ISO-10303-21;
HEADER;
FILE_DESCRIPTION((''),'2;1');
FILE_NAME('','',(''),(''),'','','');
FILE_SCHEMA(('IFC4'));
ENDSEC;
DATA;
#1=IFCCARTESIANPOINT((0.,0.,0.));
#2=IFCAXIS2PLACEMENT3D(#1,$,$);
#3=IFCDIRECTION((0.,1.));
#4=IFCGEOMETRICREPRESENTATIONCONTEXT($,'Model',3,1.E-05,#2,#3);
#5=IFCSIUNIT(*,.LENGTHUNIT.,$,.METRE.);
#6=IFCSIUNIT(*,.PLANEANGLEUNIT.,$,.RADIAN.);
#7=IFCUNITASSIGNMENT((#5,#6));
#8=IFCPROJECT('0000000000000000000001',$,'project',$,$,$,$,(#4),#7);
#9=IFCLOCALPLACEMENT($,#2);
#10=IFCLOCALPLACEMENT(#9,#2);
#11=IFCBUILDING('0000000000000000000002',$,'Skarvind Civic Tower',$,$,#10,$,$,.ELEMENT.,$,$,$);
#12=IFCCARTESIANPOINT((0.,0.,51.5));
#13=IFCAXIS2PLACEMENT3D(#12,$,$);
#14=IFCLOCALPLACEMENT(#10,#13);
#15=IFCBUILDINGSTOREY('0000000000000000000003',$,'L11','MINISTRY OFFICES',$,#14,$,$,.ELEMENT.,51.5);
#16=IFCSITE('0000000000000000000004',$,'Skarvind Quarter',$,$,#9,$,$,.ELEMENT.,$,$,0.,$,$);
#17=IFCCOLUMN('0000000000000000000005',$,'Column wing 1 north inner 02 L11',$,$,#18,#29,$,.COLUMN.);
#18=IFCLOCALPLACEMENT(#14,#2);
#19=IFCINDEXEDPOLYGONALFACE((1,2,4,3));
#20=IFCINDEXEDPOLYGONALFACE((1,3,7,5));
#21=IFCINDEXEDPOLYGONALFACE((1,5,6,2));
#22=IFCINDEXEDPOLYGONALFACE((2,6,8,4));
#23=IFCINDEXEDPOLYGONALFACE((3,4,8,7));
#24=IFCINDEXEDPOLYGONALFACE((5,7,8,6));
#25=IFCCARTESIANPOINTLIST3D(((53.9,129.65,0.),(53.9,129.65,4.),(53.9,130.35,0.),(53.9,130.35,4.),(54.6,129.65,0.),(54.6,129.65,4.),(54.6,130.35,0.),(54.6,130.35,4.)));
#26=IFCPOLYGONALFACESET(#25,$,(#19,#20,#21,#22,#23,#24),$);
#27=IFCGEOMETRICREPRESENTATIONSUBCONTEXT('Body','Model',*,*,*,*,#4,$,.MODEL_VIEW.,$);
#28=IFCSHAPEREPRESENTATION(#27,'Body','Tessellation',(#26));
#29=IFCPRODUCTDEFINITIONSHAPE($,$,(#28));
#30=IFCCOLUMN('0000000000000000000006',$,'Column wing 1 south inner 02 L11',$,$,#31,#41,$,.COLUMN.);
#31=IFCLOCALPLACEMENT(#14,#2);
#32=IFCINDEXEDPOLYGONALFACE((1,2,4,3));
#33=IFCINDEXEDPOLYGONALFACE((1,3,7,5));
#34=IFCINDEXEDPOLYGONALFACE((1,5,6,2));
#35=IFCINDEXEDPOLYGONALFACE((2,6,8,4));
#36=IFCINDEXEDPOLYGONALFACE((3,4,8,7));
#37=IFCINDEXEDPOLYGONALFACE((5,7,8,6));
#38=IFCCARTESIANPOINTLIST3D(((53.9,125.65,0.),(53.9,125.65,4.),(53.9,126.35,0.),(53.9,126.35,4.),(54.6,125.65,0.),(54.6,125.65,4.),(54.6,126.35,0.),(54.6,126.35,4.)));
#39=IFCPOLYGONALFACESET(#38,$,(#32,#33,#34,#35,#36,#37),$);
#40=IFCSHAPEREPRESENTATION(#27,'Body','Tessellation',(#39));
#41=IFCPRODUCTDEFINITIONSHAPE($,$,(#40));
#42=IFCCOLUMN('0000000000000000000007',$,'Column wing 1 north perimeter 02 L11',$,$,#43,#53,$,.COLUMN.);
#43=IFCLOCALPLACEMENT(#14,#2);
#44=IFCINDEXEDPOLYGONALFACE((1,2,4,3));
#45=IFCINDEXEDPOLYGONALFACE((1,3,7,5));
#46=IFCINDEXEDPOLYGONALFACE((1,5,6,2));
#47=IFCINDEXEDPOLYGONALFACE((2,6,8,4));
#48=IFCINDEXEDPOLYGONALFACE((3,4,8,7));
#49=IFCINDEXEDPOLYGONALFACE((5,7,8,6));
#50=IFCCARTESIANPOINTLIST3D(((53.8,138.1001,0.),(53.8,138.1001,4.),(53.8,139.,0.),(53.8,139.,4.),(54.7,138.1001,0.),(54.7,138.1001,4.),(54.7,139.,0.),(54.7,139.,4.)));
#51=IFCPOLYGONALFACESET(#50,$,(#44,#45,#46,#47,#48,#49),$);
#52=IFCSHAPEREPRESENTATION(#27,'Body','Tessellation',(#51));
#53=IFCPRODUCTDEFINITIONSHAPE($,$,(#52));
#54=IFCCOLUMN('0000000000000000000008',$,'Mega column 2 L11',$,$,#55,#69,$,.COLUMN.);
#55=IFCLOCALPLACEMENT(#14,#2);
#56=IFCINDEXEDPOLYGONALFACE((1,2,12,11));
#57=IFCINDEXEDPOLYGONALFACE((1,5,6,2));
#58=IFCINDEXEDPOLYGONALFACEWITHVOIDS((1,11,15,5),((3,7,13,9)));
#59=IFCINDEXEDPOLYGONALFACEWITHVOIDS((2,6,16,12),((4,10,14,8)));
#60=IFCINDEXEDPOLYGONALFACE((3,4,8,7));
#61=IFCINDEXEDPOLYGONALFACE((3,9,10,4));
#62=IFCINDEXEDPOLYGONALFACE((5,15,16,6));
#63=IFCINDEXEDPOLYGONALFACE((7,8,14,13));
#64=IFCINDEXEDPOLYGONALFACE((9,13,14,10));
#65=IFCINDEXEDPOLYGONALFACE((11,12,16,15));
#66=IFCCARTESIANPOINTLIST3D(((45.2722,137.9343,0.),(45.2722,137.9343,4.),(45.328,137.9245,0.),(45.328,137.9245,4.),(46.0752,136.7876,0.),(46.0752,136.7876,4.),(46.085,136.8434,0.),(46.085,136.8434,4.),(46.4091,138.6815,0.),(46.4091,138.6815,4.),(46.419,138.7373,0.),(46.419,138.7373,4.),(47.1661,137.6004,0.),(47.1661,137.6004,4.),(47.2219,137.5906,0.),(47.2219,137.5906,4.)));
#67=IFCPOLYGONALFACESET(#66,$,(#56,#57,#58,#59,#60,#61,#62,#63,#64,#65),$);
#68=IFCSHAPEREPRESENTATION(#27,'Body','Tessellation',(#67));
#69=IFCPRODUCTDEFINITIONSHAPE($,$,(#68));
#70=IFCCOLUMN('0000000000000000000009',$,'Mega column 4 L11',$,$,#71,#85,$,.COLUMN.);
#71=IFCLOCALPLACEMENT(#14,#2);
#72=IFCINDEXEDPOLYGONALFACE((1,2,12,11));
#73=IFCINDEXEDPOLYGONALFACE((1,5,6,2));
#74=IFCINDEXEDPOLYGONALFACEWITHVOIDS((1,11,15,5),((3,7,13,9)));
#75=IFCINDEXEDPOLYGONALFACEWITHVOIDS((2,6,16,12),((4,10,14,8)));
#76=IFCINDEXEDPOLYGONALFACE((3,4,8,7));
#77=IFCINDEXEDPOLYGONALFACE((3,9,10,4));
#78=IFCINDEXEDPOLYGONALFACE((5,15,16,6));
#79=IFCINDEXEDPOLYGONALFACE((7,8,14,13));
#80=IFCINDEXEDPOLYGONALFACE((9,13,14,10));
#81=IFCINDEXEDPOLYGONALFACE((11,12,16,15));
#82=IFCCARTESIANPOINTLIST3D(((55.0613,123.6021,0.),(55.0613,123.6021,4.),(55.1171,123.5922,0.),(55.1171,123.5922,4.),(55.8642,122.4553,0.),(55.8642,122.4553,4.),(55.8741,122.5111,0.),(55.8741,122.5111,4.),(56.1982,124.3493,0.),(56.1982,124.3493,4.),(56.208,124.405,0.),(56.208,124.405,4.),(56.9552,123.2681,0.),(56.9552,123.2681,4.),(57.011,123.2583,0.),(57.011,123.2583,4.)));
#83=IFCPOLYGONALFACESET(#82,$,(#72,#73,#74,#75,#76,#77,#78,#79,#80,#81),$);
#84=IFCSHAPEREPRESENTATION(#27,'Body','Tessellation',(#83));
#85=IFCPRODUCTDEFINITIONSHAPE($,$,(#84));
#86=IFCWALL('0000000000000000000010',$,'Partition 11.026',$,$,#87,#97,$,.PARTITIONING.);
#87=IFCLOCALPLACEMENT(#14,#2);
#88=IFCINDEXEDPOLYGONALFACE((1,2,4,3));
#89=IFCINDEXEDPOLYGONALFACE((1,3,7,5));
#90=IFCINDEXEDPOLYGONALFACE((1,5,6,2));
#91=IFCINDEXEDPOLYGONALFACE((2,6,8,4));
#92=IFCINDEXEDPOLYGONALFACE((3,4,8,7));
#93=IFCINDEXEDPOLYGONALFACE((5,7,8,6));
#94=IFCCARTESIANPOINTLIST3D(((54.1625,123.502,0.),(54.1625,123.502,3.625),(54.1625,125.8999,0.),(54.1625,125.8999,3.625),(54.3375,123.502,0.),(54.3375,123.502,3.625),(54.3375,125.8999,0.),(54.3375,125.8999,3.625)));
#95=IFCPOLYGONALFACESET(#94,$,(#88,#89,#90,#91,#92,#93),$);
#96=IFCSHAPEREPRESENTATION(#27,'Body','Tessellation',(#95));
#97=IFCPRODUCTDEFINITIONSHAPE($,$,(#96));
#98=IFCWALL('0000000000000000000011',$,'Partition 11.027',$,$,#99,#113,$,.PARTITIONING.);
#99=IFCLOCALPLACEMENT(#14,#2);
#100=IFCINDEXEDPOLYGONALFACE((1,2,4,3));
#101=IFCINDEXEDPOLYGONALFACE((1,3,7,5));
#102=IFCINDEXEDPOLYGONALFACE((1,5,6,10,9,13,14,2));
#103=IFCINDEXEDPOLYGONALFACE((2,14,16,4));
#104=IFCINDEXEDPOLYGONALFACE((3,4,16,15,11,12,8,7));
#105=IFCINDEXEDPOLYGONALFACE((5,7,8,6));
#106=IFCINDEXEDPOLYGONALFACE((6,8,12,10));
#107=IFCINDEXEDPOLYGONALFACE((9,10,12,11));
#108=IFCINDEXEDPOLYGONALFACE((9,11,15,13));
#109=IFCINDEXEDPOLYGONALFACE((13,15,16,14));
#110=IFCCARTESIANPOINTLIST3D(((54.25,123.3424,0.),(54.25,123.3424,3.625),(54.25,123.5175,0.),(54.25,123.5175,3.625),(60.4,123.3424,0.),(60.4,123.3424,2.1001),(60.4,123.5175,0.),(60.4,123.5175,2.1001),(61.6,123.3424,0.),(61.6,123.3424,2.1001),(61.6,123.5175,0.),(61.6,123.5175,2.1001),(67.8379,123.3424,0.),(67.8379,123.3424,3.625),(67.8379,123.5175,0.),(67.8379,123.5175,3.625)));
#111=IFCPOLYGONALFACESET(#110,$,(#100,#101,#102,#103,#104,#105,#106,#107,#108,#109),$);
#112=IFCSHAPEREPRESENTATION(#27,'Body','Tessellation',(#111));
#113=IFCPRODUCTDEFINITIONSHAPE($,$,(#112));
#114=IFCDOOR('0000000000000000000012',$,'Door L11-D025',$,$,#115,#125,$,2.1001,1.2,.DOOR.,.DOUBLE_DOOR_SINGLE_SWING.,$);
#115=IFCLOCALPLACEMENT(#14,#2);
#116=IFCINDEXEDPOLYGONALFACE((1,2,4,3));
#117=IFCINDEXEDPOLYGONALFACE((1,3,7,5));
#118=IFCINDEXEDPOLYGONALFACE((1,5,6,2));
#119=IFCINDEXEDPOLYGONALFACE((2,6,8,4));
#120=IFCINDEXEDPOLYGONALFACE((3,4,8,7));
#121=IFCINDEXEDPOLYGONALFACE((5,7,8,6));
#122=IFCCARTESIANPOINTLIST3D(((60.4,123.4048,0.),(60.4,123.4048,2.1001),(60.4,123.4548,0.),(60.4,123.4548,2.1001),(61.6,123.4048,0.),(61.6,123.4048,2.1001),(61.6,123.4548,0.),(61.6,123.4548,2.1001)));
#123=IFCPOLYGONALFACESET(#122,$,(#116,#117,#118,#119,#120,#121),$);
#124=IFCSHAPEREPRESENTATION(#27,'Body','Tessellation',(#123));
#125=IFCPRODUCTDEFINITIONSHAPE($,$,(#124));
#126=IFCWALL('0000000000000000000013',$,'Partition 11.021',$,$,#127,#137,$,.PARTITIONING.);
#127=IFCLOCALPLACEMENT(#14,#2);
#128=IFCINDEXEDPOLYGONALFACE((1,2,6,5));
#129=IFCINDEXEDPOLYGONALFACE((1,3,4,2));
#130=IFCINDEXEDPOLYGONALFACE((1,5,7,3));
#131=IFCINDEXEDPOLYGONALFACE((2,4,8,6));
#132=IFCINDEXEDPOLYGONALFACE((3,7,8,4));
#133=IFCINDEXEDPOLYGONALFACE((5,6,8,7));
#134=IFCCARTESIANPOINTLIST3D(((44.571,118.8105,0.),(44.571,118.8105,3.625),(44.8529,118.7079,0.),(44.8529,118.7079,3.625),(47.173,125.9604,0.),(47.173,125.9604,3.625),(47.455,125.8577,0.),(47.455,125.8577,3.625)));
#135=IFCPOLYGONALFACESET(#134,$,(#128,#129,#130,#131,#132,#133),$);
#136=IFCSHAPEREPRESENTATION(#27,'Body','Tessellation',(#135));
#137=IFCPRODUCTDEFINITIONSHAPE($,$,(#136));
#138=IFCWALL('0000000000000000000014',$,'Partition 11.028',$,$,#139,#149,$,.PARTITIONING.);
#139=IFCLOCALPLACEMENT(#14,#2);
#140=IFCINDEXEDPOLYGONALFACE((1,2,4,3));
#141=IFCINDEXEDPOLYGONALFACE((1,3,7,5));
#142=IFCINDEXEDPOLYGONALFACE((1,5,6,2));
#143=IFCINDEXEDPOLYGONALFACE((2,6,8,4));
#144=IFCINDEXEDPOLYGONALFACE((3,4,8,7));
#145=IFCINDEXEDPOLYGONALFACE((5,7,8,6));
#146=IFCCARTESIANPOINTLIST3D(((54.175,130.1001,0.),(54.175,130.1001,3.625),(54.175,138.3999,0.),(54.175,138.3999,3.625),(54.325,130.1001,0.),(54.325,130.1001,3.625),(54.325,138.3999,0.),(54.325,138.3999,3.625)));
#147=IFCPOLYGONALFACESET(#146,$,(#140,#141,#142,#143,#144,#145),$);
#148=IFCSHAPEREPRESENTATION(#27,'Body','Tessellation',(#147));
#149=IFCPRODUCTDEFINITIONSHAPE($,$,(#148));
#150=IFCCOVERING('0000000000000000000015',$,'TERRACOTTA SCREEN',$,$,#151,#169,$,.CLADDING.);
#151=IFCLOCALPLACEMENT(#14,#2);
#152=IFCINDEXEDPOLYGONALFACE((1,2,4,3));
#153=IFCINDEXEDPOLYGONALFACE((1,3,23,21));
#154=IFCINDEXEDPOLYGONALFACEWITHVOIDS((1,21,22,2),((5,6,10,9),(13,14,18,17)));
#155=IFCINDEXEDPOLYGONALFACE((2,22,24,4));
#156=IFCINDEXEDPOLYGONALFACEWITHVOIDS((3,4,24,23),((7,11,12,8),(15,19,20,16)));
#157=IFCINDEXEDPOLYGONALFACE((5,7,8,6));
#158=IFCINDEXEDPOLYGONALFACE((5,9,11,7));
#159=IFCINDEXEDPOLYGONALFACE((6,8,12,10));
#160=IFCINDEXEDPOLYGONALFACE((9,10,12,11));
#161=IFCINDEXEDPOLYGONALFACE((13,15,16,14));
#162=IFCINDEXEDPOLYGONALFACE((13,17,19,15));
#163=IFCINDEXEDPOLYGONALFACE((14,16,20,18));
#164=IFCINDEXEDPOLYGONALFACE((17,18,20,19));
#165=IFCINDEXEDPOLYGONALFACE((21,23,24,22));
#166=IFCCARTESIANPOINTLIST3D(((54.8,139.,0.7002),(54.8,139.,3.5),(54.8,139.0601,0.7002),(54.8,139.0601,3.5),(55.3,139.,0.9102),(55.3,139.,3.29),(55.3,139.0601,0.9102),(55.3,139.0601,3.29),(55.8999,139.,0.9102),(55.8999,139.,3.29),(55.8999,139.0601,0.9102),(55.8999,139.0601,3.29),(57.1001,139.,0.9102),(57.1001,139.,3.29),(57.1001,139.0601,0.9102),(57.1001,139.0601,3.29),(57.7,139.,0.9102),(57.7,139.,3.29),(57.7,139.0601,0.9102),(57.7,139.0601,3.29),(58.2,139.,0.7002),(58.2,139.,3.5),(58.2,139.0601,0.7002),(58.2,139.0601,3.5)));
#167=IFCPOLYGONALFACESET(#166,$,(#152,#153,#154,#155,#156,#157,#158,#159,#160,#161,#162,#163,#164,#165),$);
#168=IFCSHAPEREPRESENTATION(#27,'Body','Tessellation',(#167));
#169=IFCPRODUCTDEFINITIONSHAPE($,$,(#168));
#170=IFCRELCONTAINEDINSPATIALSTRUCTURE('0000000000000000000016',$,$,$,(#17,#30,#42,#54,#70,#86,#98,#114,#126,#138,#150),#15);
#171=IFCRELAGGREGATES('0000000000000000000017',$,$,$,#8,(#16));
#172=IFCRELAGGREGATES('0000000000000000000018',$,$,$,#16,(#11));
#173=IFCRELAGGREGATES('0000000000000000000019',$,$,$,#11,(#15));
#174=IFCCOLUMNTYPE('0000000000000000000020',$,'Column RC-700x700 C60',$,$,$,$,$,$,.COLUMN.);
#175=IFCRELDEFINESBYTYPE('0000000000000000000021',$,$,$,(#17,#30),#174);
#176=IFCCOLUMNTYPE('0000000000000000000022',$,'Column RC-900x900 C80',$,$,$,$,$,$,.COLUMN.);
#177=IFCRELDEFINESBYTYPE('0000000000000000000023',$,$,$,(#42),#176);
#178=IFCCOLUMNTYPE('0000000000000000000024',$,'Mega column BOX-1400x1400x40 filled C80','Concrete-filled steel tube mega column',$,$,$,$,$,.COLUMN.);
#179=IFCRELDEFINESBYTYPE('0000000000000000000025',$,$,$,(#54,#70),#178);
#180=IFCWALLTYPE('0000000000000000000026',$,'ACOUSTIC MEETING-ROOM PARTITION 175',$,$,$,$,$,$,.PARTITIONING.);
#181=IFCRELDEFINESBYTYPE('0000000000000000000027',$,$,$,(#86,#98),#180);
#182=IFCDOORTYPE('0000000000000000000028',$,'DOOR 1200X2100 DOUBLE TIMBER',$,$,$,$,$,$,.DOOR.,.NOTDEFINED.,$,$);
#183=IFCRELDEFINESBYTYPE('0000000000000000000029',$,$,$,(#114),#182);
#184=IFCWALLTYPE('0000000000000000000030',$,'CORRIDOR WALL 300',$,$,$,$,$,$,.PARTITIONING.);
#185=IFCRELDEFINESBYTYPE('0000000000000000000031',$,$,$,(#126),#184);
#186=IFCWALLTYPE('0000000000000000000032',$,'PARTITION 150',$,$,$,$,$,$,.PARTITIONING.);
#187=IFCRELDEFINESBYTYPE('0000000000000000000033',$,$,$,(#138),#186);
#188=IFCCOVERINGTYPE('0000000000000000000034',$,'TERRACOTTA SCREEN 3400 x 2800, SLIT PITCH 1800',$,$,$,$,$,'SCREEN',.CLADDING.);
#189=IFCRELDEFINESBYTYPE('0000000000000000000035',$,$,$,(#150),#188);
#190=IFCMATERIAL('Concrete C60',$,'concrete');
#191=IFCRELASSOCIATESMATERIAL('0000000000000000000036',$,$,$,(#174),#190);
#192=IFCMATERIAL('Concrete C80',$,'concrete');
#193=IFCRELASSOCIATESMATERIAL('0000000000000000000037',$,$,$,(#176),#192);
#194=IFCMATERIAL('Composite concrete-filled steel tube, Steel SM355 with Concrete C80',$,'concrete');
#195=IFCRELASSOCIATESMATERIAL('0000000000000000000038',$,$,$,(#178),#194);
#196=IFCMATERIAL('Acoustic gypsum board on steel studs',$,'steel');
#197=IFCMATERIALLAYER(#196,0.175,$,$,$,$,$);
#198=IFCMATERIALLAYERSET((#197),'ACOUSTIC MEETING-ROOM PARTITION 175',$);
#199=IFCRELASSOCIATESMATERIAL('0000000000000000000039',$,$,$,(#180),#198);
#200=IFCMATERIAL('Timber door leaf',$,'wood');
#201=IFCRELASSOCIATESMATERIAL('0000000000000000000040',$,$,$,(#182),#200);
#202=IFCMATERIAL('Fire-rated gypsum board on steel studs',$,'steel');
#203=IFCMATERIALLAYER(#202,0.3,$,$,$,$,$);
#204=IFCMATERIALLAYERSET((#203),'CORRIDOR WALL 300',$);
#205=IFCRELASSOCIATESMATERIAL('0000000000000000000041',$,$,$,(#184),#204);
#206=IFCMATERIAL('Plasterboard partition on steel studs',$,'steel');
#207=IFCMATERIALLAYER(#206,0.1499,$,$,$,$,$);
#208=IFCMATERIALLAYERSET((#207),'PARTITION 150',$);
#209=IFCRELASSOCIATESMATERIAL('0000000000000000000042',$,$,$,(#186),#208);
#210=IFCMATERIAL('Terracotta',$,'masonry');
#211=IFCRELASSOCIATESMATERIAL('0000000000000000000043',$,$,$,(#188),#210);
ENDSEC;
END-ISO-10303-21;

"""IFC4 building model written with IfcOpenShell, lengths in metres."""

from ifc_helpers import new_model, si_unit, direction, frame, frame_2d, origin, origin_2d, place, context, subcontext, project, spatial, polyline, rectangle, hollow_rectangle, outline, extrude, material, layer, layer_set, material_profile, profile_set, type_object, element, fill, save


model = new_model("IFC4")

# Units and contexts
model_context = context("Model", 3, precision=1e-05, world=origin(), true_north=direction((0.0, 1.0)))
body_context = subcontext(model_context, "Body", "Model", "MODEL_VIEW")
ifc_project = project(units=[si_unit("LENGTHUNIT", "METRE"), si_unit("PLANEANGLEUNIT", "RADIAN")], contexts=[model_context])

# Site, building, storey
site_placement = place(None, origin())
site = spatial("IfcSite", under=ifc_project, at=site_placement, Name="Skarvind Quarter", CompositionType="ELEMENT", RefElevation=0.0)
building_placement = place(site_placement, origin())
building = spatial("IfcBuilding", under=site, at=building_placement, Name="Skarvind Civic Tower", CompositionType="ELEMENT")
storey_placement = place(building_placement, frame((0.0, 0.0, 51.5)))
storey = spatial("IfcBuildingStorey", under=building, at=storey_placement, Name="L11", Description="MINISTRY OFFICES", CompositionType="ELEMENT", Elevation=51.5)

# Columns
ifc_material_1 = material(Name="Concrete C60", Category="concrete")
ifc_material_profile_1 = material_profile(ifc_material_1, rectangle(XDim=0.7, YDim=0.7, at=origin_2d()), Name="RC-700x700")
ifc_profile_set_1 = profile_set([ifc_material_profile_1], Name="Concrete C60")
column_type_1 = type_object("IfcColumnType", Name="Column RC-700x700 C60", PredefinedType="COLUMN", material=ifc_profile_set_1)
for number, where, z_axis, x_axis, name in (
    (1, (54.25, 130.0, 0.0), (0.0, 0.0, 1.0), (1.0, 0.0, 0.0), "Column wing 1 north inner 02 L11"),
    (2, (54.25, 126.0, 0.0), (0.0, 0.0, 1.0), (1.0, 0.0, 0.0), "Column wing 1 south inner 02 L11"),
):
    element("IfcColumn", number, at=place(storey_placement, frame(where, z_axis=z_axis, x_axis=x_axis)), inside=storey, type_object=column_type_1, Name=name, PredefinedType="COLUMN", context=body_context, shape_type="SweptSolid", body=[
        extrude(rectangle(XDim=0.7, YDim=0.7, at=origin_2d()), origin(), (0.0, 0.0, 1.0), 4.0),
    ])
ifc_material_2 = material(Name="Concrete C80", Category="concrete")
ifc_material_profile_2 = material_profile(ifc_material_2, rectangle(XDim=0.8999, YDim=0.8999, at=origin_2d()), Name="RC-900x900")
ifc_profile_set_2 = profile_set([ifc_material_profile_2], Name="Concrete C80")
column_type_2 = type_object("IfcColumnType", Name="Column RC-900x900 C80", PredefinedType="COLUMN", material=ifc_profile_set_2)
column_placement = place(storey_placement, frame((54.25, 138.55, 0.0), z_axis=(0.0, 0.0, 1.0), x_axis=(1.0, 0.0, 0.0)))
element("IfcColumn", 3, at=column_placement, inside=storey, type_object=column_type_2, Name="Column wing 1 north perimeter 02 L11", PredefinedType="COLUMN", context=body_context, shape_type="SweptSolid", body=[
    extrude(rectangle(XDim=0.8999, YDim=0.8999, at=origin_2d()), origin(), (0.0, 0.0, 1.0), 4.0),
])
ifc_material_3 = material(Name="Composite concrete-filled steel tube, Steel SM355 with Concrete C80", Category="concrete")
ifc_material_profile_3 = material_profile(ifc_material_3, hollow_rectangle(XDim=1.3999, YDim=1.3999, WallThickness=0.04, at=origin_2d()), Name="BOX-1400x1400x40")
ifc_profile_set_3 = profile_set([ifc_material_profile_3], Name="Composite concrete-filled steel tube, Steel SM355 with Concrete C80")
column_type_3 = type_object("IfcColumnType", Name="Mega column BOX-1400x1400x40 filled C80", Description="Concrete-filled steel tube mega column", PredefinedType="COLUMN", material=ifc_profile_set_3)
for number, where, z_axis, x_axis, name in (
    (4, (46.2471, 137.7625, 0.0), (0.0, 0.0, 1.0), (0.573576, -0.819152, 0.0), "Mega column 2 L11"),
    (5, (56.0361, 123.4302, 0.0), (0.0, 0.0, 1.0), (0.573576, -0.819152, 0.0), "Mega column 4 L11"),
):
    element("IfcColumn", number, at=place(storey_placement, frame(where, z_axis=z_axis, x_axis=x_axis)), inside=storey, type_object=column_type_3, Name=name, PredefinedType="COLUMN", context=body_context, shape_type="SweptSolid", body=[
        extrude(hollow_rectangle(XDim=1.3999, YDim=1.3999, WallThickness=0.04, at=origin_2d()), origin(), (0.0, 0.0, 1.0), 4.0),
    ])

# Wall
ifc_material_4 = material(Name="Acoustic gypsum board on steel studs", Category="steel")
ifc_layer_1 = layer(ifc_material_4, 0.175)
ifc_layer_set_1 = layer_set([ifc_layer_1], Name="ACOUSTIC MEETING-ROOM PARTITION 175")
wall_type_1 = type_object("IfcWallType", Name="ACOUSTIC MEETING-ROOM PARTITION 175", PredefinedType="PARTITIONING", material=ifc_layer_set_1)
wall_1_placement = place(storey_placement, frame((54.25, 123.502, 0.0), z_axis=(0.0, 0.0, 1.0), x_axis=(0.0, 1.0, 0.0)))
element("IfcWall", 6, at=wall_1_placement, inside=storey, type_object=wall_type_1, Name="Partition 11.026", PredefinedType="PARTITIONING", context=body_context, shape_type="SweptSolid", body=[
    extrude(rectangle(XDim=2.3979, YDim=0.175, at=frame_2d((1.199, 0.0))), origin(), (0.0, 0.0, 1.0), 3.625),
])

# Wall, opening, door
wall_2_placement = place(storey_placement, frame((54.25, 123.4299, 0.0), z_axis=(0.0, 0.0, 1.0), x_axis=(1.0, 0.0, 0.0)))
wall_2 = element("IfcWall", 7, at=wall_2_placement, inside=storey, type_object=wall_type_1, Name="Partition 11.027", PredefinedType="PARTITIONING", context=body_context, shape_type="SweptSolid", body=[
    extrude(rectangle(XDim=13.5879, YDim=0.175, at=frame_2d((6.7939, 0.0))), origin(), (0.0, 0.0, 1.0), 3.625),
])
opening_1_placement = place(wall_2_placement, frame((6.1499, 0.0, 0.0)))
opening_1 = element("IfcOpeningElement", 8, at=opening_1_placement, cuts=wall_2, PredefinedType="OPENING", context=body_context, shape_type="SweptSolid", body=[
    extrude(rectangle(XDim=1.2, YDim=2.1001, at=frame_2d((0.6001, 1.05))), frame((0.0, 0.0974, 0.0), z_axis=(0.0, -1.0, 0.0), x_axis=(1.0, 0.0, 0.0)), (0.0, 0.0, 1.0), 0.1951),
])
ifc_material_5 = material(Name="Timber door leaf", Category="wood")
door_type = type_object("IfcDoorType", Name="DOOR 1200X2100 DOUBLE TIMBER", OperationType="NOTDEFINED", PredefinedType="DOOR", material=ifc_material_5)
door_placement = place(opening_1_placement, origin())
door = element("IfcDoor", 9, at=door_placement, inside=storey, type_object=door_type, Name="Door L11-D025", OperationType="DOUBLE_DOOR_SINGLE_SWING", OverallHeight=2.1001, OverallWidth=1.2, PredefinedType="DOOR", context=body_context, shape_type="SweptSolid", body=[
    extrude(rectangle(XDim=1.2, YDim=2.1001, at=frame_2d((0.6001, 1.05))), frame((0.0, 0.0249, 0.0), z_axis=(0.0, -1.0, 0.0), x_axis=(1.0, 0.0, 0.0)), (0.0, 0.0, 1.0), 0.05),
])
fill(opening_1, door)

# Walls
ifc_material_6 = material(Name="Fire-rated gypsum board on steel studs", Category="steel")
ifc_layer_2 = layer(ifc_material_6, 0.3)
ifc_layer_set_2 = layer_set([ifc_layer_2], Name="CORRIDOR WALL 300")
wall_type_2 = type_object("IfcWallType", Name="CORRIDOR WALL 300", PredefinedType="PARTITIONING", material=ifc_layer_set_2)
wall_3_placement = place(storey_placement, frame((47.314, 125.9089, 0.0), z_axis=(0.0, 0.0, 1.0), x_axis=(-0.341985, -0.939705, 0.0)))
element("IfcWall", 10, at=wall_3_placement, inside=storey, type_object=wall_type_2, Name="Partition 11.021", PredefinedType="PARTITIONING", context=body_context, shape_type="SweptSolid", body=[
    extrude(rectangle(XDim=7.6086, YDim=0.3, at=frame_2d((3.8042, 0.0))), origin(), (0.0, 0.0, 1.0), 3.625),
])
ifc_material_7 = material(Name="Plasterboard partition on steel studs", Category="steel")
ifc_layer_3 = layer(ifc_material_7, 0.1499)
ifc_layer_set_3 = layer_set([ifc_layer_3], Name="PARTITION 150")
wall_type_3 = type_object("IfcWallType", Name="PARTITION 150", PredefinedType="PARTITIONING", material=ifc_layer_set_3)
wall_4_placement = place(storey_placement, frame((54.25, 138.3999, 0.0), z_axis=(0.0, 0.0, 1.0), x_axis=(0.0, -1.0, 0.0)))
element("IfcWall", 11, at=wall_4_placement, inside=storey, type_object=wall_type_3, Name="Partition 11.028", PredefinedType="PARTITIONING", context=body_context, shape_type="SweptSolid", body=[
    extrude(rectangle(XDim=8.2998, YDim=0.1499, at=frame_2d((4.1499, 0.0))), origin(), (0.0, 0.0, 1.0), 3.625),
])

# Covering
ifc_material_8 = material(Name="Terracotta", Category="masonry")
ifc_material_profile_4 = material_profile(ifc_material_8, outline(polyline([(-1.7, -1.3999), (1.7, -1.3999), (1.7, 1.3999), (-1.7, 1.3999), (-1.7, -1.3999)]), holes=[polyline([(-1.2, -1.1899), (-0.6001, -1.1899), (-0.6001, 1.1899), (-1.2, 1.1899), (-1.2, -1.1899)]), polyline([(0.6001, -1.1899), (1.2, -1.1899), (1.2, 1.1899), (0.6001, 1.1899), (0.6001, -1.1899)])]), Name="TERRACOTTA SCREEN 3400 x 2800, SLIT PITCH 1800")
ifc_profile_set_4 = profile_set([ifc_material_profile_4], Name="Terracotta")
covering_type = type_object("IfcCoveringType", Name="TERRACOTTA SCREEN 3400 x 2800, SLIT PITCH 1800", ElementType="SCREEN", PredefinedType="CLADDING", material=ifc_profile_set_4)
covering_placement = place(storey_placement, frame((56.5, 139.0, 2.1001), z_axis=(0.0, 1.0, 0.0), x_axis=(-1.0, 0.0, 0.0)))
element("IfcCovering", 12, at=covering_placement, inside=storey, type_object=covering_type, Name="TERRACOTTA SCREEN", PredefinedType="CLADDING", context=body_context, shape_type="SweptSolid", body=[
    extrude(outline(polyline([(-1.7, -1.3999), (1.7, -1.3999), (1.7, 1.3999), (-1.7, 1.3999), (-1.7, -1.3999)]), holes=[polyline([(-1.2, -1.1899), (-0.6001, -1.1899), (-0.6001, 1.1899), (-1.2, 1.1899), (-1.2, -1.1899)]), polyline([(0.6001, -1.1899), (1.2, -1.1899), (1.2, 1.1899), (0.6001, 1.1899), (0.6001, -1.1899)])]), origin(), (0.0, 0.0, 1.0), 0.0601),
])

save(model, "model.ifc")
